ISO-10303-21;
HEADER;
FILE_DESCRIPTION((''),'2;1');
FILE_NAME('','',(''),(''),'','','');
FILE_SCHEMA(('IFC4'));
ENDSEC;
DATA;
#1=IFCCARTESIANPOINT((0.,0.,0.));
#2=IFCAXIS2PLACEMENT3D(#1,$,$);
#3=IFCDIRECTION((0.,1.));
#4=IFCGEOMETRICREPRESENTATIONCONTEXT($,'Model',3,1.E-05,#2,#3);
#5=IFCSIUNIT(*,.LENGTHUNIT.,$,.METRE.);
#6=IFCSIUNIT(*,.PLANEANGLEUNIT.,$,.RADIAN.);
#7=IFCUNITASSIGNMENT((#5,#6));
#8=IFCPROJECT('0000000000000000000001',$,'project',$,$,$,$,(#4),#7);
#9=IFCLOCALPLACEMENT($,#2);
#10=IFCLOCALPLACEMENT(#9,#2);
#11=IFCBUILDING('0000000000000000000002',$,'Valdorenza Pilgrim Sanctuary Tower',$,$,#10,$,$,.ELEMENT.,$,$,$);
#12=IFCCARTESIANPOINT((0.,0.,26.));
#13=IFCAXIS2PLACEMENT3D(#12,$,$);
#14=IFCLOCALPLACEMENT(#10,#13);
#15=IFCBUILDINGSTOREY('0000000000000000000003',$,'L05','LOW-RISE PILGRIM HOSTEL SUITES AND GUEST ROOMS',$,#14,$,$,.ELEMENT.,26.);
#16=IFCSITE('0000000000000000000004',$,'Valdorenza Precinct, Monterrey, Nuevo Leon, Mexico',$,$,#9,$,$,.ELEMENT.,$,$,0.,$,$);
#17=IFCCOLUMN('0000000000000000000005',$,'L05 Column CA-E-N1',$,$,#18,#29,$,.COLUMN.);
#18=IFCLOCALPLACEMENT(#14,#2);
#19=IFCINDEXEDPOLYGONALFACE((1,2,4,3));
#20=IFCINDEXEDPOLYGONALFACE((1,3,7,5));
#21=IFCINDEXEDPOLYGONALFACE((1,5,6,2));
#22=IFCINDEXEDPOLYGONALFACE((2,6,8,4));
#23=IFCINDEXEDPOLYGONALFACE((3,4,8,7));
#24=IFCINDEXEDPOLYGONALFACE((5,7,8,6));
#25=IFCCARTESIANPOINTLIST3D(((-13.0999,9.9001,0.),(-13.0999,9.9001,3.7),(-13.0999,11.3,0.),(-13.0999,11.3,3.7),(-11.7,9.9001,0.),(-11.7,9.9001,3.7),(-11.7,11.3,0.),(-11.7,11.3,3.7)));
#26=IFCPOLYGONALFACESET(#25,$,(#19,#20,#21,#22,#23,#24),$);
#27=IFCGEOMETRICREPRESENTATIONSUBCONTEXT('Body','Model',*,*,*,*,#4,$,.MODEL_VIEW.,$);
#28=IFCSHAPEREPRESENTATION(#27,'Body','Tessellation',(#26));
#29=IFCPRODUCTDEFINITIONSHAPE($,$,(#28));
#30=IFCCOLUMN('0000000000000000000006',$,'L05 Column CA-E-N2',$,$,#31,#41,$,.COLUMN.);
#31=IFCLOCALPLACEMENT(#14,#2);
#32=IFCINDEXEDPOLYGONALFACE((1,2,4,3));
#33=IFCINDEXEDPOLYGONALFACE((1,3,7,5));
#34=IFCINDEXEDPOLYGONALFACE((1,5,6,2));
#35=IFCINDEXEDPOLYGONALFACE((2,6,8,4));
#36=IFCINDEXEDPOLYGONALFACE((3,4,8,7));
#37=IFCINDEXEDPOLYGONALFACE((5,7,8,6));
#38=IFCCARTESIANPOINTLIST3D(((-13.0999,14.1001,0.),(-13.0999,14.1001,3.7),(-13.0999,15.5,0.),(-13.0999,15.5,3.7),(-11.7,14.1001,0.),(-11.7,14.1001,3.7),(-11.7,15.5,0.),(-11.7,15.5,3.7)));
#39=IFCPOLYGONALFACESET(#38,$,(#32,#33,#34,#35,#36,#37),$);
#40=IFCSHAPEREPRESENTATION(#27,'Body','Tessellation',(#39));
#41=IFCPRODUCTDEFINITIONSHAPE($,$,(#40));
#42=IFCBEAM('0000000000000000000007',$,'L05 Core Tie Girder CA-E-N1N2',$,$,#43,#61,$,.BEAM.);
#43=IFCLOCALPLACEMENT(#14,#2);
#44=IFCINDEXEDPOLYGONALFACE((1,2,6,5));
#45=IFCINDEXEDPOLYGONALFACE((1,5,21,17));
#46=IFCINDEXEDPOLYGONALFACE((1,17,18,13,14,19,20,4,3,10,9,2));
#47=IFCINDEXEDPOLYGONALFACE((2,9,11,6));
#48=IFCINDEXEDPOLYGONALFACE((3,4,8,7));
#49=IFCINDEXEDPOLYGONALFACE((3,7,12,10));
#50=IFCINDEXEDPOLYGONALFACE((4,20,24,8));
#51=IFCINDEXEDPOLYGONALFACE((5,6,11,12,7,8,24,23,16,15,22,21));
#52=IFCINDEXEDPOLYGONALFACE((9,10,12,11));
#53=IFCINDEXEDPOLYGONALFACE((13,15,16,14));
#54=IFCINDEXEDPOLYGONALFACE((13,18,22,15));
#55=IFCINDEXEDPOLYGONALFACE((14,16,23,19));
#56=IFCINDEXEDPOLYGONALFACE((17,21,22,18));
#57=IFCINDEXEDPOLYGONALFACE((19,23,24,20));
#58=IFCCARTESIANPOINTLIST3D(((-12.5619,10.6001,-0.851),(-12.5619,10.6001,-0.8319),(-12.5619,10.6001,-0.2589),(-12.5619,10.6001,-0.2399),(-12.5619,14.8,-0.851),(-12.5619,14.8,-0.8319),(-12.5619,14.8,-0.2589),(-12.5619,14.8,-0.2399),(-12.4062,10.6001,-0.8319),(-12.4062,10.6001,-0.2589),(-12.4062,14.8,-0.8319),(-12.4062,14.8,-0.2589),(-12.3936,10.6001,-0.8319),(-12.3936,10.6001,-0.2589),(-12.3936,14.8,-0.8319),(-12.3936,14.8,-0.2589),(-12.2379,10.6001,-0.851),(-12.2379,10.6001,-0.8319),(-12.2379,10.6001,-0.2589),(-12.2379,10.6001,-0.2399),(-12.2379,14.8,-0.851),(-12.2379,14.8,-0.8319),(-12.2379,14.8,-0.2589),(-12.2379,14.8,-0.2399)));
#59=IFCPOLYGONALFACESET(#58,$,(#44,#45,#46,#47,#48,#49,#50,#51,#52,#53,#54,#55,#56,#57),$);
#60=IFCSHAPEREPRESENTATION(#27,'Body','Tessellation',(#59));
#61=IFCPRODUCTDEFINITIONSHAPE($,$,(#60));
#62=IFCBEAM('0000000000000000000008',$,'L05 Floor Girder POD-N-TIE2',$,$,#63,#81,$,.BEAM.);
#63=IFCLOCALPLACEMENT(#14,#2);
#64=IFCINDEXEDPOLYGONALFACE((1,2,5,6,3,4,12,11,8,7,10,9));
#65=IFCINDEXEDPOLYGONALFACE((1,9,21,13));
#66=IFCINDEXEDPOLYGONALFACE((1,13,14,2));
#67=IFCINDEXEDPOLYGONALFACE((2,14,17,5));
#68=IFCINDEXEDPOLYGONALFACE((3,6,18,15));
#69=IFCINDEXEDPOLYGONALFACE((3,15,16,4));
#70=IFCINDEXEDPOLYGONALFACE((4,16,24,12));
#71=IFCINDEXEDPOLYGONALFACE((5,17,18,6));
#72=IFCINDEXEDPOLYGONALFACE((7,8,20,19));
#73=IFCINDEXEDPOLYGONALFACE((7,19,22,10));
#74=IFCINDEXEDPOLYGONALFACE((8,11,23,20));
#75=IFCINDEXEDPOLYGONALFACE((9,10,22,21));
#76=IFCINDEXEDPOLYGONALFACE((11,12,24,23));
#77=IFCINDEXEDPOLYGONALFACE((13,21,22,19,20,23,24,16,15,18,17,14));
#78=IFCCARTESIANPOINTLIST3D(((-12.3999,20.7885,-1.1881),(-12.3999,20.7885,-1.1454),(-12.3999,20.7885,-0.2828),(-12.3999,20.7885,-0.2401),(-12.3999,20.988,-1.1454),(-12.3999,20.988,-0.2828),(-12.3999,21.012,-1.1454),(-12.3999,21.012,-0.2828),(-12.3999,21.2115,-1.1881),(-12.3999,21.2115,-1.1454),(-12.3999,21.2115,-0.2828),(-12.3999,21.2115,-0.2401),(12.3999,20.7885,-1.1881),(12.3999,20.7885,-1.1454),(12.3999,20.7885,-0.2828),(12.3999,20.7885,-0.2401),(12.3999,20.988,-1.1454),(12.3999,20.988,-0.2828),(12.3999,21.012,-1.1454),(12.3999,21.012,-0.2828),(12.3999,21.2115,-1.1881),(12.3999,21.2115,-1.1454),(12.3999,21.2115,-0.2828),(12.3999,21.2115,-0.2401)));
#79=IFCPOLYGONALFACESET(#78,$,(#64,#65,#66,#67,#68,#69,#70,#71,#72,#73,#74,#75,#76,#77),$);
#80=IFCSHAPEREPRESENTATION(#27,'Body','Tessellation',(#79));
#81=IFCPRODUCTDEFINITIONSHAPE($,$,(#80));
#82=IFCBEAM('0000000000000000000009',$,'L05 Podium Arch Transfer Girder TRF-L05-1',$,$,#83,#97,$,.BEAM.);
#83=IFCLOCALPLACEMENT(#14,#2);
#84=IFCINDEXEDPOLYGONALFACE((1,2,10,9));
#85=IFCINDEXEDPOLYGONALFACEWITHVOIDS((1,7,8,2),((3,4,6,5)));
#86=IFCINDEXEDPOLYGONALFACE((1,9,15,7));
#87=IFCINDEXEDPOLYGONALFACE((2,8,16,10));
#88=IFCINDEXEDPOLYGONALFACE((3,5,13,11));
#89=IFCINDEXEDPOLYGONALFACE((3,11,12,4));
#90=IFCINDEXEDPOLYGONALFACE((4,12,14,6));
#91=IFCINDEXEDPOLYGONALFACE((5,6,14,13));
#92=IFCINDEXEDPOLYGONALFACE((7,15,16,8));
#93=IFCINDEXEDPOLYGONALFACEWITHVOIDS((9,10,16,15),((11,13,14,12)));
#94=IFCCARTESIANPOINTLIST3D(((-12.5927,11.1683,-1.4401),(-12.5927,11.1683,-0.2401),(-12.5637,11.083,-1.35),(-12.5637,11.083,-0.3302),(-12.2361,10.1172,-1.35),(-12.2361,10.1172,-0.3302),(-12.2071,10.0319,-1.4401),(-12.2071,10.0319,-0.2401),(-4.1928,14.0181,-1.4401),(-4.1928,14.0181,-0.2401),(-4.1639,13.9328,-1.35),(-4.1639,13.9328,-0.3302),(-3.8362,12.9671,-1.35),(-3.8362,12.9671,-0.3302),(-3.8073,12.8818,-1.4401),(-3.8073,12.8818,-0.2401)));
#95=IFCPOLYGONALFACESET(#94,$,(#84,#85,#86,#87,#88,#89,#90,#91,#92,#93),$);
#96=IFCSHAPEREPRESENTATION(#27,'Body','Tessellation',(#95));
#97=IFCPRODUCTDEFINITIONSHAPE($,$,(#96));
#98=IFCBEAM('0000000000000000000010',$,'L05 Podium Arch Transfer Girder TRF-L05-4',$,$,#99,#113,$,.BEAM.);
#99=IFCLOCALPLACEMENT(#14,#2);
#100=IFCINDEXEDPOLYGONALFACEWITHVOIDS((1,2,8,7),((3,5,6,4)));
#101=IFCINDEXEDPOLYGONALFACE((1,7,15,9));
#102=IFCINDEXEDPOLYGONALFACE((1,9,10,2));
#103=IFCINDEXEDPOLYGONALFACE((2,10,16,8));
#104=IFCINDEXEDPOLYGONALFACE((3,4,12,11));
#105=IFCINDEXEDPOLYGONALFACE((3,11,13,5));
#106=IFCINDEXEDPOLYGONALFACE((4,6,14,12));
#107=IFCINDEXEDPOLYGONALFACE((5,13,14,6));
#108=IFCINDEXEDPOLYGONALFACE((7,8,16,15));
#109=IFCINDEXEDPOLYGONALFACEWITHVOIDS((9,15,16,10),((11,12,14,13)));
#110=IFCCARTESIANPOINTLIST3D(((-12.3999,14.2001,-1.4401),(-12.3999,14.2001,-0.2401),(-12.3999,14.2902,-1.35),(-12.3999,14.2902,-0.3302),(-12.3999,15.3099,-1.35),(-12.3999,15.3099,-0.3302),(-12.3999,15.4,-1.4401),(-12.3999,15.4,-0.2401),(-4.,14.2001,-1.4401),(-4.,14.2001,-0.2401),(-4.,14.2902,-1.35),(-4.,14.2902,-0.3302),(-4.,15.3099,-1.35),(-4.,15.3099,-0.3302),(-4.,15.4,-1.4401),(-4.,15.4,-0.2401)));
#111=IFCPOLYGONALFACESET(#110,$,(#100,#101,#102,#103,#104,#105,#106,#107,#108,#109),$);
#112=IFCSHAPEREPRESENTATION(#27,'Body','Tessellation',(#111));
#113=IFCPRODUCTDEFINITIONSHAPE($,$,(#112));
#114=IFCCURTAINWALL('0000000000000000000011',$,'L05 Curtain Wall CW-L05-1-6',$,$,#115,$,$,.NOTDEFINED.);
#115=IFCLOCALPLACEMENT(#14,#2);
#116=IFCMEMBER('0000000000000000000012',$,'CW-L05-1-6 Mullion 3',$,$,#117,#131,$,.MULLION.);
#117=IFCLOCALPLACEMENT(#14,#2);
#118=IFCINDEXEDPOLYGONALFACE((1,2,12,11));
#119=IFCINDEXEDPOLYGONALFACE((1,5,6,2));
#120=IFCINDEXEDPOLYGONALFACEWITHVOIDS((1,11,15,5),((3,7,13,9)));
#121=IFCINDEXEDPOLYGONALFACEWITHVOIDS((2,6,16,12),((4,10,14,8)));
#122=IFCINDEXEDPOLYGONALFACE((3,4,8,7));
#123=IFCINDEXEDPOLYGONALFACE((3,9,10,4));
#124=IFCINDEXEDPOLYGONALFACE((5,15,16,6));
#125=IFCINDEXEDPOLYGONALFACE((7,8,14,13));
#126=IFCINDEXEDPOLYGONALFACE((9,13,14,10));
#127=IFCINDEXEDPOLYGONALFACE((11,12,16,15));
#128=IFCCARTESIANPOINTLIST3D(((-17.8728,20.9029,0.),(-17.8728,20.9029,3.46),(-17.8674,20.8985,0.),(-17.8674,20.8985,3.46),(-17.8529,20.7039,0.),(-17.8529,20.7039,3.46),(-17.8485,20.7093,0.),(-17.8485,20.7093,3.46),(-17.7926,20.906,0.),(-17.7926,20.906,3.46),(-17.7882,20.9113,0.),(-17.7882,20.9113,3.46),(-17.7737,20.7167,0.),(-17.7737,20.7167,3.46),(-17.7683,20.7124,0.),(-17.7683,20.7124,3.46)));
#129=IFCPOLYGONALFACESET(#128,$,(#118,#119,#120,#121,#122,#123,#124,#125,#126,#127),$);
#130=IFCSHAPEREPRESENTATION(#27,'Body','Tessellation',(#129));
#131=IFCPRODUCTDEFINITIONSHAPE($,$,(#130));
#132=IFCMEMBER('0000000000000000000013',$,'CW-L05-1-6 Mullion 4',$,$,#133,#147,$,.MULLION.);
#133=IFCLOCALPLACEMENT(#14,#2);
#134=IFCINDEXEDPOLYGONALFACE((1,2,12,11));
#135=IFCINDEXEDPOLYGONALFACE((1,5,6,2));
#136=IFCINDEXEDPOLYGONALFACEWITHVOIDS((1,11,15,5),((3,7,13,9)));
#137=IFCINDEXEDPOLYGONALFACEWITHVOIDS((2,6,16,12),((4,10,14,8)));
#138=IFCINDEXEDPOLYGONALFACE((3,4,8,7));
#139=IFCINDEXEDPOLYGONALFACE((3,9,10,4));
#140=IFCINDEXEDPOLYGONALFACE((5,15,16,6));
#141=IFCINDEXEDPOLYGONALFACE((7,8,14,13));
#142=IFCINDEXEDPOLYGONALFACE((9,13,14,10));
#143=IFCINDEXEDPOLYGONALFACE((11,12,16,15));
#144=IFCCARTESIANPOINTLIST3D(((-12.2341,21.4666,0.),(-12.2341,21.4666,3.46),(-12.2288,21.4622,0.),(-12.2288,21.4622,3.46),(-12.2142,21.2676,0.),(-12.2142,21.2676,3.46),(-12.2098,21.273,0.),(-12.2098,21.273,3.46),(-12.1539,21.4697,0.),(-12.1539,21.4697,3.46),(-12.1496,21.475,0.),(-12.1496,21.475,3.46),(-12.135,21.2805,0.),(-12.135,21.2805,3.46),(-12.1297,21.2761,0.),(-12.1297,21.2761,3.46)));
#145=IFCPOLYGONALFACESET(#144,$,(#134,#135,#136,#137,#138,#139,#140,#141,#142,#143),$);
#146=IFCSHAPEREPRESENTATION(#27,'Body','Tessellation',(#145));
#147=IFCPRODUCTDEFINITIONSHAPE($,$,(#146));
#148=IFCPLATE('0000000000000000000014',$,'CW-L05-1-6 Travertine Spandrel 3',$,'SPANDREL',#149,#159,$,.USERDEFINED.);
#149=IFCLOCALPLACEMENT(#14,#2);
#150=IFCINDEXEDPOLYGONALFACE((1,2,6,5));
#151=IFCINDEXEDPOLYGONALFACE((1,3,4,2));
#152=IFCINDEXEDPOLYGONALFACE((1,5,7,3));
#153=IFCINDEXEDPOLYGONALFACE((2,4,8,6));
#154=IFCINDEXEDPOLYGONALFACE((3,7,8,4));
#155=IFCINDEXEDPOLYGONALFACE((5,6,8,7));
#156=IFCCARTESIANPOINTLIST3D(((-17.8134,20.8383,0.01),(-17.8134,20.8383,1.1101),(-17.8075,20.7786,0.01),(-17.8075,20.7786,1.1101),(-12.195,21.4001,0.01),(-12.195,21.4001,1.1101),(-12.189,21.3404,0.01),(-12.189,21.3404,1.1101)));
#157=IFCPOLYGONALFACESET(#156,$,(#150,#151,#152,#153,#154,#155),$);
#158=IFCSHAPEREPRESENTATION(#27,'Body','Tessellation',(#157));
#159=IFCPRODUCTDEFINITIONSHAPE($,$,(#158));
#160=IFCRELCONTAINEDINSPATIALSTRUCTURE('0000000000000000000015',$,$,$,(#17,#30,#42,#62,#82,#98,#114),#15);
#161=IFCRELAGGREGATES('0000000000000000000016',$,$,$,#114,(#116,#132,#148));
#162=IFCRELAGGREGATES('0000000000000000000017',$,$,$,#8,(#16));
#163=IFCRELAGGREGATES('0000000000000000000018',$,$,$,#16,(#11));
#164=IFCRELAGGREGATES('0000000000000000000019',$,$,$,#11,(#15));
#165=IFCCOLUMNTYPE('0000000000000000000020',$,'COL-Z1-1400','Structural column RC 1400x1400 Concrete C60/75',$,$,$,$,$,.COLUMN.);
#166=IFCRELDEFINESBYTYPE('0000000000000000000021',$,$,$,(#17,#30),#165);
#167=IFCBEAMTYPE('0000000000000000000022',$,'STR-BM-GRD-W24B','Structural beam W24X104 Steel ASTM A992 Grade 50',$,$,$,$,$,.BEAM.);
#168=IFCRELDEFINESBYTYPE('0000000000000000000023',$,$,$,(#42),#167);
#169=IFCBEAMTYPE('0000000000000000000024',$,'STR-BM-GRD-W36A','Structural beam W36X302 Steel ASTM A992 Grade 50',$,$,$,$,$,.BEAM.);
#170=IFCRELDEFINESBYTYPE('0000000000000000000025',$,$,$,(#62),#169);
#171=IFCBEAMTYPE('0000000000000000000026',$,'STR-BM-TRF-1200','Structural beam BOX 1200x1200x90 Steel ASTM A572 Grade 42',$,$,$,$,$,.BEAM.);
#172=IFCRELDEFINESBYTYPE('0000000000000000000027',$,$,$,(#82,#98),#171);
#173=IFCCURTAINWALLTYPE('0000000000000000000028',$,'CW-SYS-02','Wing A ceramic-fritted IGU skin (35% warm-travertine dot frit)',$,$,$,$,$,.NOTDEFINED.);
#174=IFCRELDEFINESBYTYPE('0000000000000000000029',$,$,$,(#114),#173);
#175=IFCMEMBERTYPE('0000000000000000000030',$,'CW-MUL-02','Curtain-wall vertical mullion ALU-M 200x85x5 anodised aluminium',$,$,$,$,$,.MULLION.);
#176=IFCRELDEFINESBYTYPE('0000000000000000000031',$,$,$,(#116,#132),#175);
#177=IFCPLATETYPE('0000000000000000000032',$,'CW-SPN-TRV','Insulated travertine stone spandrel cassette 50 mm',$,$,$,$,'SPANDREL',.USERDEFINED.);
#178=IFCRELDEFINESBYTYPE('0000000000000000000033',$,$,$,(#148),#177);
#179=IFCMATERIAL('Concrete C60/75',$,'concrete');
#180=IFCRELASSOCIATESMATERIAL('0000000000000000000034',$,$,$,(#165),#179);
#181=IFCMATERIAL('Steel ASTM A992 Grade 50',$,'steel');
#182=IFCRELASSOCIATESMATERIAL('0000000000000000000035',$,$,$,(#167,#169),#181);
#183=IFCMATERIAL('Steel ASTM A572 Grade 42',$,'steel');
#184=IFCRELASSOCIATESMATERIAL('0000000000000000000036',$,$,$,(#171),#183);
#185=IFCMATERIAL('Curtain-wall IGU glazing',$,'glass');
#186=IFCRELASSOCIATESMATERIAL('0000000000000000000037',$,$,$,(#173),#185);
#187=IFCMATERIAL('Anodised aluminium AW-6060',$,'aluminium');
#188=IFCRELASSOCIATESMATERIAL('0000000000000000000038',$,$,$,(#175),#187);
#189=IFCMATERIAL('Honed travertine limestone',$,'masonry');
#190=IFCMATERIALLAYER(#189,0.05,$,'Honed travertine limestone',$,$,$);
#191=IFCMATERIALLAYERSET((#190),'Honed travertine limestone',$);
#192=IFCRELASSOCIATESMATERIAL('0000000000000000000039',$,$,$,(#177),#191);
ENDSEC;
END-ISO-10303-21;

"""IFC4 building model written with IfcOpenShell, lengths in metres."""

from ifc_helpers import new_model, si_unit, direction, frame, origin, origin_2d, place, context, subcontext, project, spatial, rectangle, hollow_rectangle, i_section, extrude, source, transform, mapped, material, layer, layer_set, material_profile, profile_set, type_object, element, aggregate, save


model = new_model("IFC4")

# Units and contexts
model_context = context("Model", 3, precision=1e-05, world=origin(), true_north=direction((0.0, 1.0)))
body_context = subcontext(model_context, "Body", "Model", "MODEL_VIEW")
ifc_project = project(units=[si_unit("LENGTHUNIT", "METRE"), si_unit("PLANEANGLEUNIT", "RADIAN")], contexts=[model_context])

# Site, building, storey
site_placement = place(None, origin())
site = spatial("IfcSite", under=ifc_project, at=site_placement, Name="Valdorenza Precinct, Monterrey, Nuevo Leon, Mexico", CompositionType="ELEMENT", RefElevation=0.0)
building_placement = place(site_placement, origin())
building = spatial("IfcBuilding", under=site, at=building_placement, Name="Valdorenza Pilgrim Sanctuary Tower", CompositionType="ELEMENT")
storey_placement = place(building_placement, frame((0.0, 0.0, 26.0)))
storey = spatial("IfcBuildingStorey", under=building, at=storey_placement, Name="L05", Description="LOW-RISE PILGRIM HOSTEL SUITES AND GUEST ROOMS", CompositionType="ELEMENT", Elevation=26.0)

# Columns
ifc_material_1 = material(Name="Concrete C60/75", Category="concrete")
ifc_material_profile_1 = material_profile(ifc_material_1, rectangle(XDim=1.3999, YDim=1.3999, at=origin_2d()), Name="RC 1400x1400")
ifc_profile_set_1 = profile_set([ifc_material_profile_1], Name="Concrete C60/75")
column_type = type_object("IfcColumnType", Name="COL-Z1-1400", Description="Structural column RC 1400x1400 Concrete C60/75", PredefinedType="COLUMN", material=ifc_profile_set_1)
shared_shape_1 = source(origin(), body_context, "Body", "SweptSolid", [
    extrude(rectangle(XDim=1.3999, YDim=1.3999, at=origin_2d()), origin(), (0.0, 0.0, 1.0), 3.7),
])
for number, where, z_axis, x_axis, name in (
    (1, (-12.3999, 10.6001, 0.0), (0.0, 0.0, 1.0), (1.0, 0.0, 0.0), "L05 Column CA-E-N1"),
    (2, (-12.3999, 14.8, 0.0), (0.0, 0.0, 1.0), (1.0, 0.0, 0.0), "L05 Column CA-E-N2"),
):
    element("IfcColumn", number, at=place(storey_placement, frame(where, z_axis=z_axis, x_axis=x_axis)), inside=storey, type_object=column_type, Name=name, PredefinedType="COLUMN", context=body_context, shape_type="MappedRepresentation", body=[
        mapped(shared_shape_1, transform((0.0, 0.0, 0.0), x_axis=(1.0, 0.0, 0.0), y_axis=(0.0, 1.0, 0.0), z_axis=(0.0, 0.0, 1.0), scale=1.0)),
    ])

# Beams
ifc_material_2 = material(Name="Steel ASTM A992 Grade 50", Category="steel")
ifc_material_profile_2 = material_profile(ifc_material_2, i_section(OverallWidth=0.324, OverallDepth=0.6111, WebThickness=0.0127, FlangeThickness=0.019, at=origin_2d()), Name="W24X104")
ifc_profile_set_2 = profile_set([ifc_material_profile_2], Name="Steel ASTM A992 Grade 50")
beam_type_1 = type_object("IfcBeamType", Name="STR-BM-GRD-W24B", Description="Structural beam W24X104 Steel ASTM A992 Grade 50", PredefinedType="BEAM", material=ifc_profile_set_2)
shared_shape_2 = source(origin(), body_context, "Body", "SweptSolid", [
    extrude(i_section(OverallWidth=0.324, OverallDepth=0.6111, WebThickness=0.0127, FlangeThickness=0.019, at=origin_2d()), origin(), (0.0, 0.0, 1.0), 4.2),
])
beam_1_placement = place(storey_placement, frame((-12.3999, 10.6001, -0.5454), z_axis=(0.0, 1.0, 0.0), x_axis=(-1.0, 0.0, 0.0)))
element("IfcBeam", 3, at=beam_1_placement, inside=storey, type_object=beam_type_1, Name="L05 Core Tie Girder CA-E-N1N2", PredefinedType="BEAM", context=body_context, shape_type="MappedRepresentation", body=[
    mapped(shared_shape_2, transform((0.0, 0.0, 0.0), x_axis=(1.0, 0.0, 0.0), y_axis=(0.0, 1.0, 0.0), z_axis=(0.0, 0.0, 1.0), scale=1.0)),
])
ifc_material_profile_3 = material_profile(ifc_material_2, i_section(OverallWidth=0.4231, OverallDepth=0.948, WebThickness=0.0239, FlangeThickness=0.0427, at=origin_2d()), Name="W36X302")
ifc_profile_set_3 = profile_set([ifc_material_profile_3], Name="Steel ASTM A992 Grade 50")
beam_type_2 = type_object("IfcBeamType", Name="STR-BM-GRD-W36A", Description="Structural beam W36X302 Steel ASTM A992 Grade 50", PredefinedType="BEAM", material=ifc_profile_set_3)
shared_shape_3 = source(origin(), body_context, "Body", "SweptSolid", [
    extrude(i_section(OverallWidth=0.4231, OverallDepth=0.948, WebThickness=0.0239, FlangeThickness=0.0427, at=origin_2d()), origin(), (0.0, 0.0, 1.0), 24.7998),
])
beam_2_placement = place(storey_placement, frame((-12.3999, 21.0, -0.7141), z_axis=(1.0, 0.0, 0.0), x_axis=(0.0, 1.0, 0.0)))
element("IfcBeam", 4, at=beam_2_placement, inside=storey, type_object=beam_type_2, Name="L05 Floor Girder POD-N-TIE2", PredefinedType="BEAM", context=body_context, shape_type="MappedRepresentation", body=[
    mapped(shared_shape_3, transform((0.0, 0.0, 0.0), x_axis=(1.0, 0.0, 0.0), y_axis=(0.0, 1.0, 0.0), z_axis=(0.0, 0.0, 1.0), scale=1.0)),
])
ifc_material_3 = material(Name="Steel ASTM A572 Grade 42", Category="steel")
ifc_material_profile_4 = material_profile(ifc_material_3, hollow_rectangle(XDim=1.2, YDim=1.2, WallThickness=0.0901, at=origin_2d()), Name="BOX 1200x1200x90")
ifc_profile_set_4 = profile_set([ifc_material_profile_4], Name="Steel ASTM A572 Grade 42")
beam_type_3 = type_object("IfcBeamType", Name="STR-BM-TRF-1200", Description="Structural beam BOX 1200x1200x90 Steel ASTM A572 Grade 42", PredefinedType="BEAM", material=ifc_profile_set_4)
shared_shape_4 = source(origin(), body_context, "Body", "SweptSolid", [
    extrude(hollow_rectangle(XDim=1.2, YDim=1.2, WallThickness=0.0901, at=origin_2d()), origin(), (0.0, 0.0, 1.0), 8.8701),
])
beam_3_placement = place(storey_placement, frame((-12.3999, 10.6001, -0.8401), z_axis=(0.946983, 0.321285, 0.0), x_axis=(-0.321285, 0.946983, 0.0)))
element("IfcBeam", 5, at=beam_3_placement, inside=storey, type_object=beam_type_3, Name="L05 Podium Arch Transfer Girder TRF-L05-1", PredefinedType="BEAM", context=body_context, shape_type="MappedRepresentation", body=[
    mapped(shared_shape_4, transform((0.0, 0.0, 0.0), x_axis=(1.0, 0.0, 0.0), y_axis=(0.0, 1.0, 0.0), z_axis=(0.0, 0.0, 1.0), scale=1.0)),
])
shared_shape_5 = source(origin(), body_context, "Body", "SweptSolid", [
    extrude(hollow_rectangle(XDim=1.2, YDim=1.2, WallThickness=0.0901, at=origin_2d()), origin(), (0.0, 0.0, 1.0), 8.3999),
])
beam_4_placement = place(storey_placement, frame((-12.3999, 14.8, -0.8401), z_axis=(1.0, 0.0, 0.0), x_axis=(0.0, 1.0, 0.0)))
element("IfcBeam", 6, at=beam_4_placement, inside=storey, type_object=beam_type_3, Name="L05 Podium Arch Transfer Girder TRF-L05-4", PredefinedType="BEAM", context=body_context, shape_type="MappedRepresentation", body=[
    mapped(shared_shape_5, transform((0.0, 0.0, 0.0), x_axis=(1.0, 0.0, 0.0), y_axis=(0.0, 1.0, 0.0), z_axis=(0.0, 0.0, 1.0), scale=1.0)),
])

# Curtain wall, members, plate
ifc_material_4 = material(Name="Curtain-wall IGU glazing", Category="glass")
curtain_wall_type = type_object("IfcCurtainWallType", Name="CW-SYS-02", Description="Wing A ceramic-fritted IGU skin (35% warm-travertine dot frit)", PredefinedType="NOTDEFINED", material=ifc_material_4)
curtain_wall_placement = place(storey_placement, origin())
curtain_wall = element("IfcCurtainWall", 7, at=curtain_wall_placement, inside=storey, type_object=curtain_wall_type, Name="L05 Curtain Wall CW-L05-1-6", PredefinedType="NOTDEFINED")
ifc_material_5 = material(Name="Anodised aluminium AW-6060", Category="aluminium")
ifc_material_profile_5 = material_profile(ifc_material_5, hollow_rectangle(XDim=0.085, YDim=0.2, WallThickness=0.0049, at=origin_2d()), Name="ALU-M 200x85x5")
ifc_profile_set_5 = profile_set([ifc_material_profile_5], Name="Anodised aluminium AW-6060")
member_type = type_object("IfcMemberType", Name="CW-MUL-02", Description="Curtain-wall vertical mullion ALU-M 200x85x5 anodised aluminium", PredefinedType="MULLION", material=ifc_profile_set_5)
shared_shape_6 = source(origin(), body_context, "Body", "SweptSolid", [
    extrude(hollow_rectangle(XDim=0.085, YDim=0.2, WallThickness=0.0049, at=origin_2d()), origin(), (0.0, 0.0, 1.0), 3.46),
])
member_1_placement = place(storey_placement, frame((-17.8206, 20.8076, 0.0), z_axis=(0.0, 0.0, 1.0), x_axis=(0.995038, 0.099493, 0.0)))
member_1 = element("IfcMember", 8, at=member_1_placement, type_object=member_type, Name="CW-L05-1-6 Mullion 3", PredefinedType="MULLION", context=body_context, shape_type="MappedRepresentation", body=[
    mapped(shared_shape_6, transform((0.0, 0.0, 0.0), x_axis=(1.0, 0.0, 0.0), y_axis=(0.0, 1.0, 0.0), z_axis=(0.0, 0.0, 1.0), scale=1.0)),
])
member_2_placement = place(storey_placement, frame((-12.1819, 21.3713, 0.0), z_axis=(0.0, 0.0, 1.0), x_axis=(0.995038, 0.099493, 0.0)))
member_2 = element("IfcMember", 9, at=member_2_placement, type_object=member_type, Name="CW-L05-1-6 Mullion 4", PredefinedType="MULLION", context=body_context, shape_type="MappedRepresentation", body=[
    mapped(shared_shape_6, transform((0.0, 0.0, 0.0), x_axis=(1.0, 0.0, 0.0), y_axis=(0.0, 1.0, 0.0), z_axis=(0.0, 0.0, 1.0), scale=1.0)),
])
ifc_material_6 = material(Name="Honed travertine limestone", Category="masonry")
ifc_layer_1 = layer(ifc_material_6, 0.05, Name="Honed travertine limestone")
ifc_layer_set_1 = layer_set([ifc_layer_1], Name="Honed travertine limestone")
plate_type_1 = type_object("IfcPlateType", Name="CW-SPN-TRV", Description="Insulated travertine stone spandrel cassette 50 mm", ElementType="SPANDREL", PredefinedType="USERDEFINED", material=ifc_layer_set_1)
shared_shape_7 = source(origin(), body_context, "Body", "SweptSolid", [
    extrude(rectangle(XDim=5.6465, YDim=0.0601, at=origin_2d()), origin(), (0.0, 0.0, 1.0), 1.1001),
])
plate_1_placement = place(storey_placement, frame((-15.0012, 21.0894, 0.01), z_axis=(0.0, 0.0, 1.0), x_axis=(0.995038, 0.099493, 0.0)))
plate_1 = element("IfcPlate", 10, at=plate_1_placement, type_object=plate_type_1, Name="CW-L05-1-6 Travertine Spandrel 3", ObjectType="SPANDREL", PredefinedType="USERDEFINED", context=body_context, shape_type="MappedRepresentation", body=[
    mapped(shared_shape_7, transform((0.0, 0.0, 0.0), x_axis=(1.0, 0.0, 0.0), y_axis=(0.0, 1.0, 0.0), z_axis=(0.0, 0.0, 1.0), scale=1.0)),
])
aggregate(curtain_wall, [member_1, member_2, plate_1])

save(model, "model.ifc")
